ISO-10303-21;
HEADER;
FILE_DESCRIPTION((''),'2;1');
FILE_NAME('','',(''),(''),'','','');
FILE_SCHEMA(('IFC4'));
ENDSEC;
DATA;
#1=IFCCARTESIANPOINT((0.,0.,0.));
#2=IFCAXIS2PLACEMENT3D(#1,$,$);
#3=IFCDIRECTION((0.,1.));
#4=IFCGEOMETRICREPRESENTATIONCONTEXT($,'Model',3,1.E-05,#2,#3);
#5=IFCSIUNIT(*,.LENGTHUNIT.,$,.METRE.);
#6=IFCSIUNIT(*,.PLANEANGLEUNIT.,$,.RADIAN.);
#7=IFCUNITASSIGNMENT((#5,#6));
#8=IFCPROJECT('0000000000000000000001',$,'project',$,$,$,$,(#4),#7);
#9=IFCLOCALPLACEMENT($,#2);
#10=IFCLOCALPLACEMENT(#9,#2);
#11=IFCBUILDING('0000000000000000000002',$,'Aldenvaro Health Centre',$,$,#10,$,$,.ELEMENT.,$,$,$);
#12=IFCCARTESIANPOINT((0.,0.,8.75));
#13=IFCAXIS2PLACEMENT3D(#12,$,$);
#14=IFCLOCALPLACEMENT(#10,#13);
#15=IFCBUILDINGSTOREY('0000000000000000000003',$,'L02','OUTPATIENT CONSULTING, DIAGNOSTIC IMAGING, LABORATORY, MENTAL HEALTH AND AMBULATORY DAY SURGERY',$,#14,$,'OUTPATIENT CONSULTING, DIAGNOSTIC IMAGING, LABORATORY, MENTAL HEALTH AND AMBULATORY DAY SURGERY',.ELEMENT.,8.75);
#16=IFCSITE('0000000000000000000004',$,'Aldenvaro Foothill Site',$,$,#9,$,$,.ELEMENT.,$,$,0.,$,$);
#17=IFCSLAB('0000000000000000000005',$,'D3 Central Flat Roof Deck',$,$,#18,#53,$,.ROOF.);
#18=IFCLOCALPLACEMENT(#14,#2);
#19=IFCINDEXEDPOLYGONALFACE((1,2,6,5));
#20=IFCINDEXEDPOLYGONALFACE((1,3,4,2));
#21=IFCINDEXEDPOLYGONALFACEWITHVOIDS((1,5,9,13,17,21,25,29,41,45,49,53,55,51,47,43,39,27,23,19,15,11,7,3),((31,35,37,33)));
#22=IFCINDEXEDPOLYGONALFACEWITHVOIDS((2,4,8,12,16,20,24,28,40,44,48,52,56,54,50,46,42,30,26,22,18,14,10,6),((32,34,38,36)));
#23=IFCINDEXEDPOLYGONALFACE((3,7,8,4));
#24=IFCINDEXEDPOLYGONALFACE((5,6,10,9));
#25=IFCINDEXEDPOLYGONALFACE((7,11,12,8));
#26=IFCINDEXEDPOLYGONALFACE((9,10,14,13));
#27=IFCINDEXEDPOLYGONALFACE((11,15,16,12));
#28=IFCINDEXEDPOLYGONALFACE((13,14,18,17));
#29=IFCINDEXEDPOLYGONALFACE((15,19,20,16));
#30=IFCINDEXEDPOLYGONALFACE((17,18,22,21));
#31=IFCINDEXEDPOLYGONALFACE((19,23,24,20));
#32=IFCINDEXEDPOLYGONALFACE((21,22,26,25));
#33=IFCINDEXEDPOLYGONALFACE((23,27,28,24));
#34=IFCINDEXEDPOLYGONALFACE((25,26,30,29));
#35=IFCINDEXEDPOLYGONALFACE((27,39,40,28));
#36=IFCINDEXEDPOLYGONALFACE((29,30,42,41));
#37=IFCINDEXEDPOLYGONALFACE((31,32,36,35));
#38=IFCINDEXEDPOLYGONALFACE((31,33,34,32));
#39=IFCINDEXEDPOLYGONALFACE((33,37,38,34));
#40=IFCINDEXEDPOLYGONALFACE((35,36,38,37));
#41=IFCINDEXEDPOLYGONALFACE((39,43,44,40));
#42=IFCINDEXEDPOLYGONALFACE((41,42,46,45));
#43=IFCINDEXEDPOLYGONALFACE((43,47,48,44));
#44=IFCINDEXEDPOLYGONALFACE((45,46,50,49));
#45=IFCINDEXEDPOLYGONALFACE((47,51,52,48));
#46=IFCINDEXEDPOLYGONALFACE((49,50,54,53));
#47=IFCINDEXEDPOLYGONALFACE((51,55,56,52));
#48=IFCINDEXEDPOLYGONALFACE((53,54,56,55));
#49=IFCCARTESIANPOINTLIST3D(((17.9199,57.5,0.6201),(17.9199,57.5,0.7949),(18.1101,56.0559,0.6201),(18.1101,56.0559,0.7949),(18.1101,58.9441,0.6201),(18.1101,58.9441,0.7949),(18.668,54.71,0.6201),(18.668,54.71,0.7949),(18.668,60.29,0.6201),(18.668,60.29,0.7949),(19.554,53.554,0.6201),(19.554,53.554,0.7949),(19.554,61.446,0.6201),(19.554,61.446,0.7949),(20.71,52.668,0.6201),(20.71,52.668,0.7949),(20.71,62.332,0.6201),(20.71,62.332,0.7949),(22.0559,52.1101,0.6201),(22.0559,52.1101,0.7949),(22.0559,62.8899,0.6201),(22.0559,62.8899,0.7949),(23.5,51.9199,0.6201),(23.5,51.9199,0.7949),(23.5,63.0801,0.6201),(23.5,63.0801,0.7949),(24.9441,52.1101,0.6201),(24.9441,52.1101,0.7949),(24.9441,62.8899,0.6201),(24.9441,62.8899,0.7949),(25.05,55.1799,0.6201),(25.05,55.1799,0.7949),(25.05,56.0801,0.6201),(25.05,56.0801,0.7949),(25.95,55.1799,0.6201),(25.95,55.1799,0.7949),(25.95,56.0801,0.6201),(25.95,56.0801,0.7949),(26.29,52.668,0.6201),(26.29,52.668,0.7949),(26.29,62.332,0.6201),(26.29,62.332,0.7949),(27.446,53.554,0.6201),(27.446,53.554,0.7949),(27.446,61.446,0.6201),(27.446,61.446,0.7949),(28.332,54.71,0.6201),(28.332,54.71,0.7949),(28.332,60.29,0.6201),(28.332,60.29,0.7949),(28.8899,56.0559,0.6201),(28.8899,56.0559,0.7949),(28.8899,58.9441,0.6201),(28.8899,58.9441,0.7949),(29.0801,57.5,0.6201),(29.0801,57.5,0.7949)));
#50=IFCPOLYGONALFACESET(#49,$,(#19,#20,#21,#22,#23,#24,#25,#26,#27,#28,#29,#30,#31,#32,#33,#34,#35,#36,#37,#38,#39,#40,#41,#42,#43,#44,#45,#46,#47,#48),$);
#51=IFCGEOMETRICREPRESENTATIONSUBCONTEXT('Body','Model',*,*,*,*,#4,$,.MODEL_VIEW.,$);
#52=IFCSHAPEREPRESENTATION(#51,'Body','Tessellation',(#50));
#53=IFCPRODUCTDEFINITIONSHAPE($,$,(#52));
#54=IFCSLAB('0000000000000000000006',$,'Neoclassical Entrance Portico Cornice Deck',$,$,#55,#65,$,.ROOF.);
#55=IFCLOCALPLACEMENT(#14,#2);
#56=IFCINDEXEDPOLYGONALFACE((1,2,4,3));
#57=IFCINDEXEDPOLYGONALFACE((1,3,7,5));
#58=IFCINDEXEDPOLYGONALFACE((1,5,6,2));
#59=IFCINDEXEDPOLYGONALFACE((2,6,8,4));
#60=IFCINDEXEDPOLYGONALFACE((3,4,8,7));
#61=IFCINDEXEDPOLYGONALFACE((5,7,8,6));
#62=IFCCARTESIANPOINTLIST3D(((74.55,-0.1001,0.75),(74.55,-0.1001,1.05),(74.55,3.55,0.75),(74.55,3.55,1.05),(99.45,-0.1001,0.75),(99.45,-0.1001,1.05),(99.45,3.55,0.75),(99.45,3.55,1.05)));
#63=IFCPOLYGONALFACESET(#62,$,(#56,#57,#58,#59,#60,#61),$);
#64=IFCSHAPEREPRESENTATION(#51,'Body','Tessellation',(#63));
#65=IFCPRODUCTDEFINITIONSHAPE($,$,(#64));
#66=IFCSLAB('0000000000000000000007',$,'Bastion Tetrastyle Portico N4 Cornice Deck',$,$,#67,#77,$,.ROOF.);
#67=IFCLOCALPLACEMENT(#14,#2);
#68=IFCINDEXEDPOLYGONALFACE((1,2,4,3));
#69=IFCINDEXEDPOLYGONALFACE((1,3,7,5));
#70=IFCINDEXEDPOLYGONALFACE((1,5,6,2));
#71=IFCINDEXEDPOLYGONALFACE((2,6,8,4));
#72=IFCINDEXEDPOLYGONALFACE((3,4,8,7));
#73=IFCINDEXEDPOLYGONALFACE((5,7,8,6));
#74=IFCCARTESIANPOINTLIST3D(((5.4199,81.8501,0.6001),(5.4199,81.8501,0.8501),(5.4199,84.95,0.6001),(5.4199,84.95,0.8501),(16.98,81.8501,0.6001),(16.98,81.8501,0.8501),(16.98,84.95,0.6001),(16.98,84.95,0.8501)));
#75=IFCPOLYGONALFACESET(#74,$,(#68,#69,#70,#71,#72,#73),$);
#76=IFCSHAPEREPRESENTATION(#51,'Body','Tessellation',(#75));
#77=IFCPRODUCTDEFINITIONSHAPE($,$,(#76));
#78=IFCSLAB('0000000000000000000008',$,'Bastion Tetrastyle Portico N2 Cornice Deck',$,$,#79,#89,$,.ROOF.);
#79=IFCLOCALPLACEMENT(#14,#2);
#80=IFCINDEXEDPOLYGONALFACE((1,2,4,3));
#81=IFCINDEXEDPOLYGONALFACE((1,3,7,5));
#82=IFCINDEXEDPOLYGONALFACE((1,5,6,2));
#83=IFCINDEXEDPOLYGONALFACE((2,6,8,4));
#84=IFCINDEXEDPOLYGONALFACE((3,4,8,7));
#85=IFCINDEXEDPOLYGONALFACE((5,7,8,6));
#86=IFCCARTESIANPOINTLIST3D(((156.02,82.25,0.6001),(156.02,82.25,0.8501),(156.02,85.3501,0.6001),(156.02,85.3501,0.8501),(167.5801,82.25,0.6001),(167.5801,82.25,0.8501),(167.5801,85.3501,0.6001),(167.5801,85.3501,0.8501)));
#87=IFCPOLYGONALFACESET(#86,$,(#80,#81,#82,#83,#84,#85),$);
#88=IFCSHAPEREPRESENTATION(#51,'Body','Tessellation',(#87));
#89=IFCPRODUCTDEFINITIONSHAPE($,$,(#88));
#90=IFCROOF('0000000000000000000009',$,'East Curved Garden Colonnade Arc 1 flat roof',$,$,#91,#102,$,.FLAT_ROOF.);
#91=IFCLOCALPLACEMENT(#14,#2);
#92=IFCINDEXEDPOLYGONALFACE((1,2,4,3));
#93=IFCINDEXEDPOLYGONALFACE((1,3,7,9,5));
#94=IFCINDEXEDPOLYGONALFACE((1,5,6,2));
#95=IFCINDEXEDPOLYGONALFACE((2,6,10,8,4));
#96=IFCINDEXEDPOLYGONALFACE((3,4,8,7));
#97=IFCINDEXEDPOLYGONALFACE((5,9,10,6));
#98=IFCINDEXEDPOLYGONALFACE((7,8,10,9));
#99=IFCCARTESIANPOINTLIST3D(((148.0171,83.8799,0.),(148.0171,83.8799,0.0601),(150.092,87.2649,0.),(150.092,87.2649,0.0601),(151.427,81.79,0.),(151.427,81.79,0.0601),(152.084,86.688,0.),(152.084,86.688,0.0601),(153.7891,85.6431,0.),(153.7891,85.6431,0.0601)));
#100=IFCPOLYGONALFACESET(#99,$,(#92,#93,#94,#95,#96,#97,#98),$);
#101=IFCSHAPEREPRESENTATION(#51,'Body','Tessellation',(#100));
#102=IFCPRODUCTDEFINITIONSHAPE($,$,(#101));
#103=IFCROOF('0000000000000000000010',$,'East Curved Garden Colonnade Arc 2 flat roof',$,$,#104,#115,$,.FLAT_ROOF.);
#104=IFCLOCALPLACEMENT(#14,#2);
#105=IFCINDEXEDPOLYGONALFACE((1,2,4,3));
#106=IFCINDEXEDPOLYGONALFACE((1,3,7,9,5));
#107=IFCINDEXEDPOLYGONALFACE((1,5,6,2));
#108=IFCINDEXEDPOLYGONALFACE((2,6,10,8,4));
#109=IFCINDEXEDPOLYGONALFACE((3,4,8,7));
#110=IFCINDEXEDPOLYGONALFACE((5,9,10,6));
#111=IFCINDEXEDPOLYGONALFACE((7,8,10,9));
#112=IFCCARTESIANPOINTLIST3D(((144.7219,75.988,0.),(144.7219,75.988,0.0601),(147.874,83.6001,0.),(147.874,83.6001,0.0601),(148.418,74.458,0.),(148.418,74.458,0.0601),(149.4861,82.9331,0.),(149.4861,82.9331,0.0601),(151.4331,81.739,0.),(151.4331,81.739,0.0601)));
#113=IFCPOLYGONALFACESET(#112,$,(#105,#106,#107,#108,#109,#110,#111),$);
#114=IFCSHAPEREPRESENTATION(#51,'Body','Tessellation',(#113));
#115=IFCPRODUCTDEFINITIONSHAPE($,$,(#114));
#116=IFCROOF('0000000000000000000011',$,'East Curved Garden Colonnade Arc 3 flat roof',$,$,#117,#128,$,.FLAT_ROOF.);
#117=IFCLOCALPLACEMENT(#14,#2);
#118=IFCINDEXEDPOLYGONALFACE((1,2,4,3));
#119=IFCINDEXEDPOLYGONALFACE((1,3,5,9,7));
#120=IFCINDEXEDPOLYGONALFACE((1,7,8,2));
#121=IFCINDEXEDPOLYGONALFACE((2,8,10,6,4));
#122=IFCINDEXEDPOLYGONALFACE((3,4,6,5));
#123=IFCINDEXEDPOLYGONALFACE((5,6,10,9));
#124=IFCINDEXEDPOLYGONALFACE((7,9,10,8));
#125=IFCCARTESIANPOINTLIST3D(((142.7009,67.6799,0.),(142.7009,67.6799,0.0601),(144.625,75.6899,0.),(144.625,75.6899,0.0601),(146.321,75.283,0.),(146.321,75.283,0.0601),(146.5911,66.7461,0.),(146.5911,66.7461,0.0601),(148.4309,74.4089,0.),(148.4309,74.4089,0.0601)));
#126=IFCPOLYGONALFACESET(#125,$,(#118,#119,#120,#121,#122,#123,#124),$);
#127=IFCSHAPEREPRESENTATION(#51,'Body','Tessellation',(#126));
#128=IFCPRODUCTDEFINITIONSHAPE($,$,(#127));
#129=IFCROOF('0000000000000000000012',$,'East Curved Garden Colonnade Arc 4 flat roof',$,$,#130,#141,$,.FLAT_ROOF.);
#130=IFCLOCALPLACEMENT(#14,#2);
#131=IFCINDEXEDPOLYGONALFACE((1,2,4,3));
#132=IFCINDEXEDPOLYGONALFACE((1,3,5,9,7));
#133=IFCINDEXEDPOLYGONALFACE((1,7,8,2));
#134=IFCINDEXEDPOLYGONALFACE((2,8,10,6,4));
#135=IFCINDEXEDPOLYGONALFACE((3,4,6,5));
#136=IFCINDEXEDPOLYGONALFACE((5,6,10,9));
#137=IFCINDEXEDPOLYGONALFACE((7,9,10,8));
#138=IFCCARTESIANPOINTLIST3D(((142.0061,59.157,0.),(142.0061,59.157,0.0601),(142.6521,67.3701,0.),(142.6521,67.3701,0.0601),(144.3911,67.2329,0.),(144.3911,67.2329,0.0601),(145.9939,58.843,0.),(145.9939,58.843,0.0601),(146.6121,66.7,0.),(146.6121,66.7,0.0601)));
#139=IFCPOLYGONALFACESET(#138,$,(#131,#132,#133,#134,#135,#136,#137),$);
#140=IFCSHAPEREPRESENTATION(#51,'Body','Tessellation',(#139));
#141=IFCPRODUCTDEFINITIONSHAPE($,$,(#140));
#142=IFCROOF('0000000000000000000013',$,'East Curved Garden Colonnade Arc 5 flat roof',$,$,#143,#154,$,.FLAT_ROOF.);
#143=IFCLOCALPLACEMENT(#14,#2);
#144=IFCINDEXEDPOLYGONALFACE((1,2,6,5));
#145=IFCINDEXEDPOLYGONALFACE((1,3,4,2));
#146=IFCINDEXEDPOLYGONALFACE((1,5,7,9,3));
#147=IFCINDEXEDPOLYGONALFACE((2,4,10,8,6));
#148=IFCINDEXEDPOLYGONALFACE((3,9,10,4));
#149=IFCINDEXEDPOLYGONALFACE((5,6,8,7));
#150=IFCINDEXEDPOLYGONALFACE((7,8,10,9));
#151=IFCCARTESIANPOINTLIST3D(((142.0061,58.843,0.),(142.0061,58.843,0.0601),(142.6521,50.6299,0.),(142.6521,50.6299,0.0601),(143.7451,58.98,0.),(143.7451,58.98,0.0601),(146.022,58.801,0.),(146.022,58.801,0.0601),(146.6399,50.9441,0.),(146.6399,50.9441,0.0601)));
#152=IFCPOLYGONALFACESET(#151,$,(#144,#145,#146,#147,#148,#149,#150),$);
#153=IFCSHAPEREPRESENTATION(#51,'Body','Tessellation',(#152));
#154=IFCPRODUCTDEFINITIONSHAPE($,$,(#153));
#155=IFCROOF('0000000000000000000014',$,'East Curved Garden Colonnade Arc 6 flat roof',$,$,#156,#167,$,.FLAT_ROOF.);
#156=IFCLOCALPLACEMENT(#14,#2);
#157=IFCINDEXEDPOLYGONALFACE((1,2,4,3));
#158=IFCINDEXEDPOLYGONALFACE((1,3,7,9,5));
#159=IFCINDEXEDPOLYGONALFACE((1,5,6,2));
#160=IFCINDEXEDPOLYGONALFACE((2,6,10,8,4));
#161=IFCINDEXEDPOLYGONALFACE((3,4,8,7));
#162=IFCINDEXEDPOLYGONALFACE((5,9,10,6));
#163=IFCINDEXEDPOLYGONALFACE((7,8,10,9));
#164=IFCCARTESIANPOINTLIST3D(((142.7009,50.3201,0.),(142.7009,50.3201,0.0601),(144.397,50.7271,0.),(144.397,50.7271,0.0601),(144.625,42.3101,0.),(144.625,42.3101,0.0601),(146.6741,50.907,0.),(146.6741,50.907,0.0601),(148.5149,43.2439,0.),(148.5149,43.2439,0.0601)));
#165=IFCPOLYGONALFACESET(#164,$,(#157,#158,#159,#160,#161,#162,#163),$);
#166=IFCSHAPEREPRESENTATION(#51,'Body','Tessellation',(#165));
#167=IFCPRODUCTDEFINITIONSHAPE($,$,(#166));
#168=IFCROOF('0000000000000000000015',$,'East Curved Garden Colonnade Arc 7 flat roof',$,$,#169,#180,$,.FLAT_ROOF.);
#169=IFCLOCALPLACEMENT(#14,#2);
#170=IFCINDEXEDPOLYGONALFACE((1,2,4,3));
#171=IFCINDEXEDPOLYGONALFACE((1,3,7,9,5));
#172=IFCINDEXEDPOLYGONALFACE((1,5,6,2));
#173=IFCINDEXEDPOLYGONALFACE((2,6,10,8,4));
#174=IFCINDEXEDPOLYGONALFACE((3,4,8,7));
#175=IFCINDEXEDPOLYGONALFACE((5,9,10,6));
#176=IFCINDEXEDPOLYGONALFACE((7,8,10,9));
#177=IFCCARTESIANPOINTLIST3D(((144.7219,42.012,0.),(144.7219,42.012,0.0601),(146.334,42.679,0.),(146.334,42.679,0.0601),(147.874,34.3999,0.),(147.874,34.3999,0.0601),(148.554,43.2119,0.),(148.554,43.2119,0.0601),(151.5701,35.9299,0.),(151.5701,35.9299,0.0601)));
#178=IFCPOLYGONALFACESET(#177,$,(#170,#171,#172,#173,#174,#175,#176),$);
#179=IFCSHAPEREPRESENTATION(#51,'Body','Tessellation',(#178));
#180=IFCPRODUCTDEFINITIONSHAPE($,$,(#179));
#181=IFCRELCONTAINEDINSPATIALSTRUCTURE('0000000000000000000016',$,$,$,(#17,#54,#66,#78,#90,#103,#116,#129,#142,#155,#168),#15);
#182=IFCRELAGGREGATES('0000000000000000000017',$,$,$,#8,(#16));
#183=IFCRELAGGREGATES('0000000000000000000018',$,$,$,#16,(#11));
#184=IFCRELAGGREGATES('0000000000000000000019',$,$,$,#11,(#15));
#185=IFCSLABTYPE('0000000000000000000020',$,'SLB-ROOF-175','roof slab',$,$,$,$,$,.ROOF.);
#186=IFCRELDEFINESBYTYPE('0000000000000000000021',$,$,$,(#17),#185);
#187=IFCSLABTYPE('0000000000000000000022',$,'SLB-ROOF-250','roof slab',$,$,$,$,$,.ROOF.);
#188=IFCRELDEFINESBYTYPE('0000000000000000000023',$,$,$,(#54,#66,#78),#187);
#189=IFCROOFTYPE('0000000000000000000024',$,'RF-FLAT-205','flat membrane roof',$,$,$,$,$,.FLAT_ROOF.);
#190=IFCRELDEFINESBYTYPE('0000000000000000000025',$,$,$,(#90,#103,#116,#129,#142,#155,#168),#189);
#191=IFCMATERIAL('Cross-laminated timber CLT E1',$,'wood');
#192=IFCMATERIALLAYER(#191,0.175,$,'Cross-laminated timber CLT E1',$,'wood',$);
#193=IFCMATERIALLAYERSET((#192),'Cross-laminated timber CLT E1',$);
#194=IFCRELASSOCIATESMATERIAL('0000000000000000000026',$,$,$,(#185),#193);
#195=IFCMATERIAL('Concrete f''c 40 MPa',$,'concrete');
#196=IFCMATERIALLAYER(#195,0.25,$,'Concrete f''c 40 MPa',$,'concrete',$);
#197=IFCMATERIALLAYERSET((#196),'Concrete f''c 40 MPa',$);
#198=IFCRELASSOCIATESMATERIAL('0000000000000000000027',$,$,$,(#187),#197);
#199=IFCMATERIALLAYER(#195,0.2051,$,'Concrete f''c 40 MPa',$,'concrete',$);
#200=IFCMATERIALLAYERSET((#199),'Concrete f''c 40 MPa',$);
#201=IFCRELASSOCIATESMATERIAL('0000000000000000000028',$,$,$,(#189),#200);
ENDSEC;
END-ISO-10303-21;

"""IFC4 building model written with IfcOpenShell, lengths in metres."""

from ifc_helpers import new_model, si_unit, direction, frame, origin, place, context, subcontext, project, spatial, polyline, outline, extrude, material, layer, layer_set, type_object, element, save


model = new_model("IFC4")

# Units and contexts
model_context = context("Model", 3, precision=1e-05, world=origin(), true_north=direction((0.0, 1.0)))
body_context = subcontext(model_context, "Body", "Model", "MODEL_VIEW")
ifc_project = project(units=[si_unit("LENGTHUNIT", "METRE"), si_unit("PLANEANGLEUNIT", "RADIAN")], contexts=[model_context])

# Site, building, storey
site_placement = place(None, origin())
site = spatial("IfcSite", under=ifc_project, at=site_placement, Name="Aldenvaro Foothill Site", CompositionType="ELEMENT", RefElevation=0.0)
building_placement = place(site_placement, origin())
building = spatial("IfcBuilding", under=site, at=building_placement, Name="Aldenvaro Health Centre", CompositionType="ELEMENT")
storey_placement = place(building_placement, frame((0.0, 0.0, 8.75)))
storey = spatial("IfcBuildingStorey", under=building, at=storey_placement, Name="L02", Description="OUTPATIENT CONSULTING, DIAGNOSTIC IMAGING, LABORATORY, MENTAL HEALTH AND AMBULATORY DAY SURGERY", LongName="OUTPATIENT CONSULTING, DIAGNOSTIC IMAGING, LABORATORY, MENTAL HEALTH AND AMBULATORY DAY SURGERY", CompositionType="ELEMENT", Elevation=8.75)

# Slabs
ifc_material_1 = material(Name="Cross-laminated timber CLT E1", Category="wood")
ifc_layer_1 = layer(ifc_material_1, 0.175, Name="Cross-laminated timber CLT E1", Category="wood")
ifc_layer_set_1 = layer_set([ifc_layer_1], Name="Cross-laminated timber CLT E1")
slab_type_1 = type_object("IfcSlabType", Name="SLB-ROOF-175", Description="roof slab", PredefinedType="ROOF", material=ifc_layer_set_1)
slab_1_placement = place(storey_placement, frame((0.0, 0.0, 0.6201)))
element("IfcSlab", 1, at=slab_1_placement, inside=storey, type_object=slab_type_1, Name="D3 Central Flat Roof Deck", PredefinedType="ROOF", context=body_context, shape_type="SweptSolid", body=[
    extrude(outline(polyline([(29.0801, 57.5), (28.8899, 58.9441), (28.332, 60.29), (27.446, 61.446), (26.29, 62.332), (24.9441, 62.8899), (23.5, 63.0801), (22.0559, 62.8899), (20.71, 62.332), (19.554, 61.446), (18.668, 60.29), (18.1101, 58.9441), (17.9199, 57.5), (18.1101, 56.0559), (18.668, 54.71), (19.554, 53.554), (20.71, 52.668), (22.0559, 52.1101), (23.5, 51.9199), (24.9441, 52.1101), (26.29, 52.668), (27.446, 53.554), (28.332, 54.71), (28.8899, 56.0559), (29.0801, 57.5)]), holes=[polyline([(25.05, 55.1799), (25.05, 56.0801), (25.95, 56.0801), (25.95, 55.1799), (25.05, 55.1799)])]), origin(), (0.0, 0.0, 1.0), 0.1748),
])
ifc_material_2 = material(Name="Concrete f'c 40 MPa", Category="concrete")
ifc_layer_2 = layer(ifc_material_2, 0.25, Name="Concrete f'c 40 MPa", Category="concrete")
ifc_layer_set_2 = layer_set([ifc_layer_2], Name="Concrete f'c 40 MPa")
slab_type_2 = type_object("IfcSlabType", Name="SLB-ROOF-250", Description="roof slab", PredefinedType="ROOF", material=ifc_layer_set_2)
slab_2_placement = place(storey_placement, frame((0.0, 0.0, 0.75)))
element("IfcSlab", 2, at=slab_2_placement, inside=storey, type_object=slab_type_2, Name="Neoclassical Entrance Portico Cornice Deck", PredefinedType="ROOF", context=body_context, shape_type="SweptSolid", body=[
    extrude(outline(polyline([(74.55, -0.1001), (99.45, -0.1001), (99.45, 3.55), (74.55, 3.55), (74.55, -0.1001)])), origin(), (0.0, 0.0, 1.0), 0.3),
])
slab_3_placement = place(storey_placement, frame((0.0, 0.0, 0.6001)))
element("IfcSlab", 3, at=slab_3_placement, inside=storey, type_object=slab_type_2, Name="Bastion Tetrastyle Portico N4 Cornice Deck", PredefinedType="ROOF", context=body_context, shape_type="SweptSolid", body=[
    extrude(outline(polyline([(5.4199, 81.8501), (16.98, 81.8501), (16.98, 84.95), (5.4199, 84.95), (5.4199, 81.8501)])), origin(), (0.0, 0.0, 1.0), 0.25),
])
slab_4_placement = place(storey_placement, frame((0.0, 0.0, 0.6001)))
element("IfcSlab", 4, at=slab_4_placement, inside=storey, type_object=slab_type_2, Name="Bastion Tetrastyle Portico N2 Cornice Deck", PredefinedType="ROOF", context=body_context, shape_type="SweptSolid", body=[
    extrude(outline(polyline([(156.02, 82.25), (167.5801, 82.25), (167.5801, 85.3501), (156.02, 85.3501), (156.02, 82.25)])), origin(), (0.0, 0.0, 1.0), 0.25),
])

# Roofs
ifc_layer_3 = layer(ifc_material_2, 0.2051, Name="Concrete f'c 40 MPa", Category="concrete")
ifc_layer_set_3 = layer_set([ifc_layer_3], Name="Concrete f'c 40 MPa")
roof_type = type_object("IfcRoofType", Name="RF-FLAT-205", Description="flat membrane roof", PredefinedType="FLAT_ROOF", material=ifc_layer_set_3)
roof_1_placement = place(storey_placement, origin())
element("IfcRoof", 5, at=roof_1_placement, inside=storey, type_object=roof_type, Name="East Curved Garden Colonnade Arc 1 flat roof", PredefinedType="FLAT_ROOF", context=body_context, shape_type="SweptSolid", body=[
    extrude(outline(polyline([(153.7891, 85.6431), (151.427, 81.79), (148.0171, 83.8799), (150.092, 87.2649), (152.084, 86.688), (153.7891, 85.6431)])), origin(), (0.0, 0.0, 1.0), 0.0601),
])
roof_2_placement = place(storey_placement, origin())
element("IfcRoof", 6, at=roof_2_placement, inside=storey, type_object=roof_type, Name="East Curved Garden Colonnade Arc 2 flat roof", PredefinedType="FLAT_ROOF", context=body_context, shape_type="SweptSolid", body=[
    extrude(outline(polyline([(148.418, 74.458), (144.7219, 75.988), (147.874, 83.6001), (149.4861, 82.9331), (151.4331, 81.739), (148.418, 74.458)])), origin(), (0.0, 0.0, 1.0), 0.0601),
])
roof_3_placement = place(storey_placement, origin())
element("IfcRoof", 7, at=roof_3_placement, inside=storey, type_object=roof_type, Name="East Curved Garden Colonnade Arc 3 flat roof", PredefinedType="FLAT_ROOF", context=body_context, shape_type="SweptSolid", body=[
    extrude(outline(polyline([(146.5911, 66.7461), (142.7009, 67.6799), (144.625, 75.6899), (146.321, 75.283), (148.4309, 74.4089), (146.5911, 66.7461)])), origin(), (0.0, 0.0, 1.0), 0.0601),
])
roof_4_placement = place(storey_placement, origin())
element("IfcRoof", 8, at=roof_4_placement, inside=storey, type_object=roof_type, Name="East Curved Garden Colonnade Arc 4 flat roof", PredefinedType="FLAT_ROOF", context=body_context, shape_type="SweptSolid", body=[
    extrude(outline(polyline([(145.9939, 58.843), (142.0061, 59.157), (142.6521, 67.3701), (144.3911, 67.2329), (146.6121, 66.7), (145.9939, 58.843)])), origin(), (0.0, 0.0, 1.0), 0.0601),
])
roof_5_placement = place(storey_placement, origin())
element("IfcRoof", 9, at=roof_5_placement, inside=storey, type_object=roof_type, Name="East Curved Garden Colonnade Arc 5 flat roof", PredefinedType="FLAT_ROOF", context=body_context, shape_type="SweptSolid", body=[
    extrude(outline(polyline([(146.6399, 50.9441), (142.6521, 50.6299), (142.0061, 58.843), (143.7451, 58.98), (146.022, 58.801), (146.6399, 50.9441)])), origin(), (0.0, 0.0, 1.0), 0.0601),
])
roof_6_placement = place(storey_placement, origin())
element("IfcRoof", 10, at=roof_6_placement, inside=storey, type_object=roof_type, Name="East Curved Garden Colonnade Arc 6 flat roof", PredefinedType="FLAT_ROOF", context=body_context, shape_type="SweptSolid", body=[
    extrude(outline(polyline([(148.5149, 43.2439), (144.625, 42.3101), (142.7009, 50.3201), (144.397, 50.7271), (146.6741, 50.907), (148.5149, 43.2439)])), origin(), (0.0, 0.0, 1.0), 0.0601),
])
roof_7_placement = place(storey_placement, origin())
element("IfcRoof", 11, at=roof_7_placement, inside=storey, type_object=roof_type, Name="East Curved Garden Colonnade Arc 7 flat roof", PredefinedType="FLAT_ROOF", context=body_context, shape_type="SweptSolid", body=[
    extrude(outline(polyline([(151.5701, 35.9299), (147.874, 34.3999), (144.7219, 42.012), (146.334, 42.679), (148.554, 43.2119), (151.5701, 35.9299)])), origin(), (0.0, 0.0, 1.0), 0.0601),
])

save(model, "model.ifc")
